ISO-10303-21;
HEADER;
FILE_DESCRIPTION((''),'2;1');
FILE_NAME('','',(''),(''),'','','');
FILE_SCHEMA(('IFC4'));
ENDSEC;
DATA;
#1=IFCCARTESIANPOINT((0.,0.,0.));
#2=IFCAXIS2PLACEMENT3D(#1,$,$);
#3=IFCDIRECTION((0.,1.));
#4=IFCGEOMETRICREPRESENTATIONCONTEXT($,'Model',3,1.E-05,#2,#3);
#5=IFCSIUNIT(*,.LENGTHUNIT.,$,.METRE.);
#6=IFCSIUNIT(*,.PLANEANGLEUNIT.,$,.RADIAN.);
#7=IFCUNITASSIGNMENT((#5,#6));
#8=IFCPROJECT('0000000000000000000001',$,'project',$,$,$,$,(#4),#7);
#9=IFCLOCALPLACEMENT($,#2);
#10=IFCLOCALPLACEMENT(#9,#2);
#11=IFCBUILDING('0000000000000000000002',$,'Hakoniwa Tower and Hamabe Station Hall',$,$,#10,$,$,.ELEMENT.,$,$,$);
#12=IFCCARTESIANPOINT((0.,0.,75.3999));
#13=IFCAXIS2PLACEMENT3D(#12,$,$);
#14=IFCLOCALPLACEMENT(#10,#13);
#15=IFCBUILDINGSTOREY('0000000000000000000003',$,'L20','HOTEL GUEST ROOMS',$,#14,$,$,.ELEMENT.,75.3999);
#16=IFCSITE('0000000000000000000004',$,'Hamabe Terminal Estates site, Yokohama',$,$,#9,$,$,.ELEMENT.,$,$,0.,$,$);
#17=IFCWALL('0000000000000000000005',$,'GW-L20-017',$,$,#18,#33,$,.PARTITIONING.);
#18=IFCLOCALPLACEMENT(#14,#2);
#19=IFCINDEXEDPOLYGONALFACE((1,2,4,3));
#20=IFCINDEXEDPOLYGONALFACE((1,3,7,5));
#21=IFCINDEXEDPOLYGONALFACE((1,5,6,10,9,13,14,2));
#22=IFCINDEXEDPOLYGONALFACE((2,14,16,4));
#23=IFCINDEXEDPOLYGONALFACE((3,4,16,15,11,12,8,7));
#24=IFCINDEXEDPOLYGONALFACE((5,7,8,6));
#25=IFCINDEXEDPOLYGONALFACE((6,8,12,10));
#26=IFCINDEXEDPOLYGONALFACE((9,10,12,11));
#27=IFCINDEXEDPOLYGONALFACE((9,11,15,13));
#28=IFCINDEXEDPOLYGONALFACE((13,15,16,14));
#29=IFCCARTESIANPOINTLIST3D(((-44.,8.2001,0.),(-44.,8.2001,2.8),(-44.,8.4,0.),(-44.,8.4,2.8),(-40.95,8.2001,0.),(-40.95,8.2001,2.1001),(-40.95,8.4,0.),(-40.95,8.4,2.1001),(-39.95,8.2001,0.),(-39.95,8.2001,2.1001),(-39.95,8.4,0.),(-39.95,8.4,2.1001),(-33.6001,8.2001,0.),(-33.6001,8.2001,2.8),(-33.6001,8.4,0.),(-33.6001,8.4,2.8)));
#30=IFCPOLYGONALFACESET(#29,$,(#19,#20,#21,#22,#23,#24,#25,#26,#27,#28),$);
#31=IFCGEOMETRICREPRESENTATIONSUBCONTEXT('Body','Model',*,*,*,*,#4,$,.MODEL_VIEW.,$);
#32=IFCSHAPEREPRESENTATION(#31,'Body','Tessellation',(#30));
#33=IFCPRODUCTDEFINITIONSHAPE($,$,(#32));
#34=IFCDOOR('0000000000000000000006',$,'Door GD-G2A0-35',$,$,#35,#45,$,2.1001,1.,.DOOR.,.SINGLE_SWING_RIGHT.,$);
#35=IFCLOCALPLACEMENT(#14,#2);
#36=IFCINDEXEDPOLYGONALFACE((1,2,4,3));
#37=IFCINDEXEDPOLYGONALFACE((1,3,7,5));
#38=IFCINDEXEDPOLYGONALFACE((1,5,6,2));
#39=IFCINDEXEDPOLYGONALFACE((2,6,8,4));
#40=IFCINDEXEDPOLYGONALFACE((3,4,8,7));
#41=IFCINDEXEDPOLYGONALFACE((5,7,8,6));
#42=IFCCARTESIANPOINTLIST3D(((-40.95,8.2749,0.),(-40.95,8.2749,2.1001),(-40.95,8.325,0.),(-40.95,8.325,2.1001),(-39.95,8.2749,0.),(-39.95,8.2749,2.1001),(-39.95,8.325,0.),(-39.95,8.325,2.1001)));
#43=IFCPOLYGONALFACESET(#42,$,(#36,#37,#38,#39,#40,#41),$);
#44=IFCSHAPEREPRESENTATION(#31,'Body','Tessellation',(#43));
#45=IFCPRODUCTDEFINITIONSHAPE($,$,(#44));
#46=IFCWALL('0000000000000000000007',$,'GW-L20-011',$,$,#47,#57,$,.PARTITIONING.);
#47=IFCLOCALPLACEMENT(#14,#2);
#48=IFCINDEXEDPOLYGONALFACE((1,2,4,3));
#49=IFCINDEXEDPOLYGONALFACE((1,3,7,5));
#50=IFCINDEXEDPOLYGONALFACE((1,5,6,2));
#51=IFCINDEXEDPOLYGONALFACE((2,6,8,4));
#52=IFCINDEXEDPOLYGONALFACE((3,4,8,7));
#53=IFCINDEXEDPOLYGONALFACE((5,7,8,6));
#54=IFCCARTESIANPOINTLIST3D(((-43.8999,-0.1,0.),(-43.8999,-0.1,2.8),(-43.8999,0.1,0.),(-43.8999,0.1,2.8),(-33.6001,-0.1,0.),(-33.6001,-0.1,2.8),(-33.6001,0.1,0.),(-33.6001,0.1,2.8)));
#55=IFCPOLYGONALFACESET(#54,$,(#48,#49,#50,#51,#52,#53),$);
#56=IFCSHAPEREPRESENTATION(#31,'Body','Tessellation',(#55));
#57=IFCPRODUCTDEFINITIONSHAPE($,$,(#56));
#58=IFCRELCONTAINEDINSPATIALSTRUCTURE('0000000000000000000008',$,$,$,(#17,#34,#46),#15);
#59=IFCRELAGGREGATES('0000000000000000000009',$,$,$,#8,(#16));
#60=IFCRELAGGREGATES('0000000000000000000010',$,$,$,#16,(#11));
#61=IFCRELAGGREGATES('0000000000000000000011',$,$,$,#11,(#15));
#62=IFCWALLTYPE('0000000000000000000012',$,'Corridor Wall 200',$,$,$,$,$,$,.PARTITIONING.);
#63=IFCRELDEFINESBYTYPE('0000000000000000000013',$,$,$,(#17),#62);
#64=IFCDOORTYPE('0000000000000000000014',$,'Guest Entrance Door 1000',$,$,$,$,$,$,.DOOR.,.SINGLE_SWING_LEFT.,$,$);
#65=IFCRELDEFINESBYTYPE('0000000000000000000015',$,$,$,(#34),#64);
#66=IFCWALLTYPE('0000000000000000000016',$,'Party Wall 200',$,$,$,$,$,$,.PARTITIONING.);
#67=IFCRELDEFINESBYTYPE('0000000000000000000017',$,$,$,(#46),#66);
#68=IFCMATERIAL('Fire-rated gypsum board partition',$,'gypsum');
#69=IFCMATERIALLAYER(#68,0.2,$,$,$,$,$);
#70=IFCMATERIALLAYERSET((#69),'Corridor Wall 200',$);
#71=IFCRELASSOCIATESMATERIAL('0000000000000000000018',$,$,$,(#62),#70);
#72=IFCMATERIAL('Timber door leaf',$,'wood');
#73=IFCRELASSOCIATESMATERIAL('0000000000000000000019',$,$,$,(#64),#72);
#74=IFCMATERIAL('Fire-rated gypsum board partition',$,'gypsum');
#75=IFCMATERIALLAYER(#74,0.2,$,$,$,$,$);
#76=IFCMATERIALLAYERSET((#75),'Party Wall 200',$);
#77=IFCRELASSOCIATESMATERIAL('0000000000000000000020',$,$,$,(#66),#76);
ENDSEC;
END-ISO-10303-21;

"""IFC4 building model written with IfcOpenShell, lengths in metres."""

from ifc_helpers import new_model, si_unit, direction, frame, frame_2d, origin, place, context, subcontext, project, spatial, rectangle, extrude, material, layer, layer_set, type_object, element, fill, save


model = new_model("IFC4")

# Units and contexts
model_context = context("Model", 3, precision=1e-05, world=origin(), true_north=direction((0.0, 1.0)))
body_context = subcontext(model_context, "Body", "Model", "MODEL_VIEW")
ifc_project = project(units=[si_unit("LENGTHUNIT", "METRE"), si_unit("PLANEANGLEUNIT", "RADIAN")], contexts=[model_context])

# Site, building, storey
site_placement = place(None, origin())
site = spatial("IfcSite", under=ifc_project, at=site_placement, Name="Hamabe Terminal Estates site, Yokohama", CompositionType="ELEMENT", RefElevation=0.0)
building_placement = place(site_placement, origin())
building = spatial("IfcBuilding", under=site, at=building_placement, Name="Hakoniwa Tower and Hamabe Station Hall", CompositionType="ELEMENT")
storey_placement = place(building_placement, frame((0.0, 0.0, 75.3999)))
storey = spatial("IfcBuildingStorey", under=building, at=storey_placement, Name="L20", Description="HOTEL GUEST ROOMS", CompositionType="ELEMENT", Elevation=75.3999)

# Wall, opening, door
ifc_material_1 = material(Name="Fire-rated gypsum board partition", Category="gypsum")
ifc_layer_1 = layer(ifc_material_1, 0.2)
ifc_layer_set_1 = layer_set([ifc_layer_1], Name="Corridor Wall 200")
wall_type_1 = type_object("IfcWallType", Name="Corridor Wall 200", PredefinedType="PARTITIONING", material=ifc_layer_set_1)
wall_1_placement = place(storey_placement, frame((-44.0, 8.3, 0.0), z_axis=(0.0, 0.0, 1.0), x_axis=(1.0, 0.0, 0.0)))
wall_1 = element("IfcWall", 1, at=wall_1_placement, inside=storey, type_object=wall_type_1, Name="GW-L20-017", PredefinedType="PARTITIONING", context=body_context, shape_type="SweptSolid", body=[
    extrude(rectangle(XDim=10.3999, YDim=0.2, at=frame_2d((5.2, 0.0))), origin(), (0.0, 0.0, 1.0), 2.8),
])
opening_1_placement = place(wall_1_placement, frame((3.05, 0.0, 0.0)))
opening_1 = element("IfcOpeningElement", 2, at=opening_1_placement, cuts=wall_1, PredefinedType="OPENING", context=body_context, shape_type="SweptSolid", body=[
    extrude(rectangle(XDim=1.0, YDim=2.1001, at=frame_2d((0.5, 1.05))), frame((0.0, 0.1099, 0.0), z_axis=(0.0, -1.0, 0.0), x_axis=(1.0, 0.0, 0.0)), (0.0, 0.0, 1.0), 0.22),
])
ifc_material_2 = material(Name="Timber door leaf", Category="wood")
door_type_1 = type_object("IfcDoorType", Name="Guest Entrance Door 1000", OperationType="SINGLE_SWING_LEFT", PredefinedType="DOOR", material=ifc_material_2)
door_1_placement = place(opening_1_placement, origin())
door_1 = element("IfcDoor", 3, at=door_1_placement, inside=storey, type_object=door_type_1, Name="Door GD-G2A0-35", OperationType="SINGLE_SWING_RIGHT", OverallHeight=2.1001, OverallWidth=1.0, PredefinedType="DOOR", context=body_context, shape_type="SweptSolid", body=[
    extrude(rectangle(XDim=1.0, YDim=2.1001, at=frame_2d((0.5, 1.05))), frame((0.0, 0.0249, 0.0), z_axis=(0.0, -1.0, 0.0), x_axis=(1.0, 0.0, 0.0)), (0.0, 0.0, 1.0), 0.05),
])
fill(opening_1, door_1)

# Wall
ifc_material_3 = material(Name="Fire-rated gypsum board partition", Category="gypsum")
ifc_layer_2 = layer(ifc_material_3, 0.2)
ifc_layer_set_2 = layer_set([ifc_layer_2], Name="Party Wall 200")
wall_type_2 = type_object("IfcWallType", Name="Party Wall 200", PredefinedType="PARTITIONING", material=ifc_layer_set_2)
wall_2_placement = place(storey_placement, frame((-43.8999, 0.0, 0.0), z_axis=(0.0, 0.0, 1.0), x_axis=(1.0, 0.0, 0.0)))
element("IfcWall", 4, at=wall_2_placement, inside=storey, type_object=wall_type_2, Name="GW-L20-011", PredefinedType="PARTITIONING", context=body_context, shape_type="SweptSolid", body=[
    extrude(rectangle(XDim=10.2998, YDim=0.2, at=frame_2d((5.1499, 0.0))), origin(), (0.0, 0.0, 1.0), 2.8),
])

save(model, "model.ifc")
